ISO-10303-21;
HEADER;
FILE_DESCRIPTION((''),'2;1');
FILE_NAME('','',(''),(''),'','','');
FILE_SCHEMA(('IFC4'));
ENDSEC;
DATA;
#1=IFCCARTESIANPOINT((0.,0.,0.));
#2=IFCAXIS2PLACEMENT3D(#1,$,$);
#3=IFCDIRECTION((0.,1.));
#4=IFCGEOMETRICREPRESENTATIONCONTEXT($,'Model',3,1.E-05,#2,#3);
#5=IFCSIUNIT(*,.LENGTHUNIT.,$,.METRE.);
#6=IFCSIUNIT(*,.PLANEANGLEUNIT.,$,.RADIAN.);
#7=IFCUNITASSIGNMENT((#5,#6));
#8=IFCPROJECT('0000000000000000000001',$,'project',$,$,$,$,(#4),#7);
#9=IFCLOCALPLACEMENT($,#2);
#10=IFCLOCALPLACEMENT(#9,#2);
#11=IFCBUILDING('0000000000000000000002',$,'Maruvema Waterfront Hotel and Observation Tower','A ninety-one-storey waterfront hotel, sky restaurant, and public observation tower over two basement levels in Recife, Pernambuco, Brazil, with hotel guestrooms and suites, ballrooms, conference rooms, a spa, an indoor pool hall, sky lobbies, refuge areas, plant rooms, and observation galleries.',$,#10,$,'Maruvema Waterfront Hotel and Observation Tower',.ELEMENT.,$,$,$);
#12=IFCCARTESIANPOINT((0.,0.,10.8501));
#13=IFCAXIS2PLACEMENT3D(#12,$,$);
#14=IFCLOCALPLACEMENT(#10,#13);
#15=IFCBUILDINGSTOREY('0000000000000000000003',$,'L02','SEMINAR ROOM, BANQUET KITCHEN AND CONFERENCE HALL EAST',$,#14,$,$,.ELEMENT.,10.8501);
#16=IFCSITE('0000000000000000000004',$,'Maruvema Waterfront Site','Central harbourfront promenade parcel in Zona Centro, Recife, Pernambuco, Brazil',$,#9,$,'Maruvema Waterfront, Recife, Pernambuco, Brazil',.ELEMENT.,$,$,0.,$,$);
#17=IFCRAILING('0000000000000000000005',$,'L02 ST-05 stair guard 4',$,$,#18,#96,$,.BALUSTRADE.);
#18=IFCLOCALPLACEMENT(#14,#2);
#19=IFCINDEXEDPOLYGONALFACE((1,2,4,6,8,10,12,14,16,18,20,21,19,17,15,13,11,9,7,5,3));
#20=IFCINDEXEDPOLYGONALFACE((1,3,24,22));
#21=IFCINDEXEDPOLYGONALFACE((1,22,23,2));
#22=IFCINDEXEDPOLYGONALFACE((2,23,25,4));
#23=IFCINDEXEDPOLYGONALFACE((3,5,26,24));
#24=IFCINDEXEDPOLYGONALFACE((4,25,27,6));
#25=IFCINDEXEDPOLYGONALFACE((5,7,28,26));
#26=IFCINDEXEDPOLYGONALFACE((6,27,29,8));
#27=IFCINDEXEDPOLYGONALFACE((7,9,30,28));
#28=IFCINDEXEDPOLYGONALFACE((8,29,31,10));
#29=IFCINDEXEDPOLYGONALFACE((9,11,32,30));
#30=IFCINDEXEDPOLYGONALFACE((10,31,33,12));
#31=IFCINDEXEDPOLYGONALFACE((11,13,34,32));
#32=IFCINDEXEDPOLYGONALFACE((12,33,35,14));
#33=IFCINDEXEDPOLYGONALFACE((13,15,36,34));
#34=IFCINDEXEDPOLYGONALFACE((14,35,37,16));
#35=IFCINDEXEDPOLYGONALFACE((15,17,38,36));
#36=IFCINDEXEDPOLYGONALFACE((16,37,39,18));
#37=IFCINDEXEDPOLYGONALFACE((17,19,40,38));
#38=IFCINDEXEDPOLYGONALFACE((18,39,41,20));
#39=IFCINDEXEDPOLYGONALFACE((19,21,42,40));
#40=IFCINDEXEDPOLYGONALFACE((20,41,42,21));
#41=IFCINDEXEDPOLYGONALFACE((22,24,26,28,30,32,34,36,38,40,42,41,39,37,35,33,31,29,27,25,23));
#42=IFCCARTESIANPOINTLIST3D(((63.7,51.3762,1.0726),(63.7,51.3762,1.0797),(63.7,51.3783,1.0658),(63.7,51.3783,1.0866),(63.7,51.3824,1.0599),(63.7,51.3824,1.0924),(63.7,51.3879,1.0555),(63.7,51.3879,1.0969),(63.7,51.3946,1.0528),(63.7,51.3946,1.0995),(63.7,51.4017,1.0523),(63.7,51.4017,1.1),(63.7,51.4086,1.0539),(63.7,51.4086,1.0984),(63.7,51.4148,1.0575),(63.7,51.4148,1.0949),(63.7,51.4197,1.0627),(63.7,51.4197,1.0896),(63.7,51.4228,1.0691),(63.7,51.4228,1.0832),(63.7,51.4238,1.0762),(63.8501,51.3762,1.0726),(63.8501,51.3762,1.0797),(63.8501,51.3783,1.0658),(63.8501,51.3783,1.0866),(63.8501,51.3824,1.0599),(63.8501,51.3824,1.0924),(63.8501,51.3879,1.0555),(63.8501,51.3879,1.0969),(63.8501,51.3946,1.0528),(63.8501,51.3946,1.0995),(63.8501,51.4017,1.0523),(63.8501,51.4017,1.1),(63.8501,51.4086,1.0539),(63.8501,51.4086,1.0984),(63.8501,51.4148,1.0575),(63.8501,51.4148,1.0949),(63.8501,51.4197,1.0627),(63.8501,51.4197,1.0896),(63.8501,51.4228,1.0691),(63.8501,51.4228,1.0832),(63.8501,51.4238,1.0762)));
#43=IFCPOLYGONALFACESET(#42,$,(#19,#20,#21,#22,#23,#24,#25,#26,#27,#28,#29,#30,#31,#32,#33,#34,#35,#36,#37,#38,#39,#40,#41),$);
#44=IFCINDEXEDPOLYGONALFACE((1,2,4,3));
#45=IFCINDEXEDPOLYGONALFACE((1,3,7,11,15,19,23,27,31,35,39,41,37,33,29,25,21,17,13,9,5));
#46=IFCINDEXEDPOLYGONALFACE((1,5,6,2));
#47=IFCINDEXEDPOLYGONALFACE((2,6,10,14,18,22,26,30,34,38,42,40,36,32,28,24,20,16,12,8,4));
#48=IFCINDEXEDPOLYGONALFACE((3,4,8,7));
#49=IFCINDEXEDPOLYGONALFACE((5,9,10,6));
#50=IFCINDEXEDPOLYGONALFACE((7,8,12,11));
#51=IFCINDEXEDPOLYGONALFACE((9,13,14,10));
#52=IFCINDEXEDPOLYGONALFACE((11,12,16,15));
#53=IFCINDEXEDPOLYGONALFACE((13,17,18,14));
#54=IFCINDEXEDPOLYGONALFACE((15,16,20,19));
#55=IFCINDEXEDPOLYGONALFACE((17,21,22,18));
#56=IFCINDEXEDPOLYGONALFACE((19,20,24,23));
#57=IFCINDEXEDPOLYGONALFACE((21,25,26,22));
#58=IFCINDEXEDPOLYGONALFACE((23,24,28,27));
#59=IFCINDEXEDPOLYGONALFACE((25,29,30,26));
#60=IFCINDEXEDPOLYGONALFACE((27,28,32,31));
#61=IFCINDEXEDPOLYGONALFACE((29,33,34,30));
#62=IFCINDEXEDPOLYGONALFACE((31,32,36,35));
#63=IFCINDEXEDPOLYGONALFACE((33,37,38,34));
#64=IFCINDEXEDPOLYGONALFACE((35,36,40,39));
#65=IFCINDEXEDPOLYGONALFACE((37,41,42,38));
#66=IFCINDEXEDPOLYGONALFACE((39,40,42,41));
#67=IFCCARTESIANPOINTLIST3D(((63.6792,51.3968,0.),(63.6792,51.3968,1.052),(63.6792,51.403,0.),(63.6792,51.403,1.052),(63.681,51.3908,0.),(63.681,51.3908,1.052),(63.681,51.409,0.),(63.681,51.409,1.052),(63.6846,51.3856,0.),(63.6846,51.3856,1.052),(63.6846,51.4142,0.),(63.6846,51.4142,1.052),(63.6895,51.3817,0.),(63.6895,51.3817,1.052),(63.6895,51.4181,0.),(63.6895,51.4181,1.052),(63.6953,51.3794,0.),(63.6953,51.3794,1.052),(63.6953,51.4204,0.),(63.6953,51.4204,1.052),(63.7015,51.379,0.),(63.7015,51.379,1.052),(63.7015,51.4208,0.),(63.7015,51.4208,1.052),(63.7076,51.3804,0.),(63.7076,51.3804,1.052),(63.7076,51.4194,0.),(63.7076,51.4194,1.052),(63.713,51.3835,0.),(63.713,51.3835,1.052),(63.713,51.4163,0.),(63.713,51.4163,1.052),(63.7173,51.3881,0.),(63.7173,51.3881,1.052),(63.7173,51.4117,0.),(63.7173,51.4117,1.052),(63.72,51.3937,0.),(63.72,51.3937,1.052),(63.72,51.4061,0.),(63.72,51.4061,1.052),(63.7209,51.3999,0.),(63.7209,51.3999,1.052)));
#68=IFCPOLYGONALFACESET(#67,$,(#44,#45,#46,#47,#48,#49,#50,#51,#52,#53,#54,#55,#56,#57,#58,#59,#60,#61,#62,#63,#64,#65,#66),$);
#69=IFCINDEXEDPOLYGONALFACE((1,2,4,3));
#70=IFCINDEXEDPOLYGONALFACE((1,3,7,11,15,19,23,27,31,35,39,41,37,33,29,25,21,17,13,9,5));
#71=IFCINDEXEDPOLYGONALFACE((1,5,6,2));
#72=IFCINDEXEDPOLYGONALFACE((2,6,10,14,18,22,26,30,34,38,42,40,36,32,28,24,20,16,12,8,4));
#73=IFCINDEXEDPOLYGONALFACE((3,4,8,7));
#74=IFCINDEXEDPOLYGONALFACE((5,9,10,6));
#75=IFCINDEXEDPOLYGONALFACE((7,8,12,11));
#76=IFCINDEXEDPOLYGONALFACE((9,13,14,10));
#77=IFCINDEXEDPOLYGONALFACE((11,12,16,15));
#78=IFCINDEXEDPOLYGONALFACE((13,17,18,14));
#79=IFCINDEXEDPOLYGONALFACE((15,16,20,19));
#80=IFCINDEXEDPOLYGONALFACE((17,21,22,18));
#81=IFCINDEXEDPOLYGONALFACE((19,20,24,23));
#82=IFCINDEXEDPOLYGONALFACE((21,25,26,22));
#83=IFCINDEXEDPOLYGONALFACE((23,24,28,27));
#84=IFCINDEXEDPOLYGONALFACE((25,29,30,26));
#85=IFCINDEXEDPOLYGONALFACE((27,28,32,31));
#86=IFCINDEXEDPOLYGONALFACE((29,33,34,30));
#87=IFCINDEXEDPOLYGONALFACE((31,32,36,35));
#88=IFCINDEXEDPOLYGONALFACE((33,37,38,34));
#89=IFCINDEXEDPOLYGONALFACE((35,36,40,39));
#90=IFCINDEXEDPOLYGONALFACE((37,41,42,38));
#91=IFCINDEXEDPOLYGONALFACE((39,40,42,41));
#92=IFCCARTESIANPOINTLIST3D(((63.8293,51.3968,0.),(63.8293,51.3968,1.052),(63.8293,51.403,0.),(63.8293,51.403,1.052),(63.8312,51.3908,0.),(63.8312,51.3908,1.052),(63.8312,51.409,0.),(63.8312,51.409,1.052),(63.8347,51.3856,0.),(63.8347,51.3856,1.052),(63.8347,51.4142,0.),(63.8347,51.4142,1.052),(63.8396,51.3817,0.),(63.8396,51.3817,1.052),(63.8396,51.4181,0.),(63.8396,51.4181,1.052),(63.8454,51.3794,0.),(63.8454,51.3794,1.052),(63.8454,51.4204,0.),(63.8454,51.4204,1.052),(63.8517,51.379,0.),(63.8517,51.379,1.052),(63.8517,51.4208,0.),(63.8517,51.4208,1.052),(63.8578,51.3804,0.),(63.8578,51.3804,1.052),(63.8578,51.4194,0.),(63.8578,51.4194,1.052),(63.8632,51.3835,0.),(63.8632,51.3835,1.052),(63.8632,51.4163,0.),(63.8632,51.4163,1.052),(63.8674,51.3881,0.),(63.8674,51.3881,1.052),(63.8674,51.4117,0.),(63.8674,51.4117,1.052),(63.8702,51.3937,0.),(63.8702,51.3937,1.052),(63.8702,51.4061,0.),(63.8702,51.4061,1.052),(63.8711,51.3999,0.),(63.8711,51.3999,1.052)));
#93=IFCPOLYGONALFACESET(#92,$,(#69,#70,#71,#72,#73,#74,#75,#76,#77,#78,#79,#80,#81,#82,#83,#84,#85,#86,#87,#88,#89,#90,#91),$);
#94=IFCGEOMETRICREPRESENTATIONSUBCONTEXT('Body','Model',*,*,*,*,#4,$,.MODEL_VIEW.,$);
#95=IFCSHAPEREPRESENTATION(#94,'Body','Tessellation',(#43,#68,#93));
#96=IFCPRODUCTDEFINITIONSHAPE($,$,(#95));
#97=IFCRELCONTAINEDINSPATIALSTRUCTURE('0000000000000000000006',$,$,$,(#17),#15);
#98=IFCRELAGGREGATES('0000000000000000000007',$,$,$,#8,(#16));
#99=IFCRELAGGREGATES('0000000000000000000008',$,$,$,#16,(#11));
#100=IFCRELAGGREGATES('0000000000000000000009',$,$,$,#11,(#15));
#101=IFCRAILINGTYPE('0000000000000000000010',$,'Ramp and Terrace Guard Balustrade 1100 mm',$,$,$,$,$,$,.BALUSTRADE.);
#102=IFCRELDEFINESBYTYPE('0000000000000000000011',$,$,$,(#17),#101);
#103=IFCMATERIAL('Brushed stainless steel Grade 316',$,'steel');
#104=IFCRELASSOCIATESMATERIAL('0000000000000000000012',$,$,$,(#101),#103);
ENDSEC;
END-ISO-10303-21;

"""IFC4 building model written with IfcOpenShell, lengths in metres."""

from ifc_helpers import new_model, si_unit, direction, frame, origin, origin_2d, place, context, subcontext, project, spatial, circle, extrude, material, type_object, element, save


model = new_model("IFC4")

# Units and contexts
model_context = context("Model", 3, precision=1e-05, world=origin(), true_north=direction((0.0, 1.0)))
body_context = subcontext(model_context, "Body", "Model", "MODEL_VIEW")
ifc_project = project(units=[si_unit("LENGTHUNIT", "METRE"), si_unit("PLANEANGLEUNIT", "RADIAN")], contexts=[model_context])

# Site, building, storey
site_placement = place(None, origin())
site = spatial("IfcSite", under=ifc_project, at=site_placement, Name="Maruvema Waterfront Site", Description="Central harbourfront promenade parcel in Zona Centro, Recife, Pernambuco, Brazil", LongName="Maruvema Waterfront, Recife, Pernambuco, Brazil", CompositionType="ELEMENT", RefElevation=0.0)
building_placement = place(site_placement, origin())
building = spatial("IfcBuilding", under=site, at=building_placement, Name="Maruvema Waterfront Hotel and Observation Tower", Description="A ninety-one-storey waterfront hotel, sky restaurant, and public observation tower over two basement levels in Recife, Pernambuco, Brazil, with hotel guestrooms and suites, ballrooms, conference rooms, a spa, an indoor pool hall, sky lobbies, refuge areas, plant rooms, and observation galleries.", LongName="Maruvema Waterfront Hotel and Observation Tower", CompositionType="ELEMENT")
storey_placement = place(building_placement, frame((0.0, 0.0, 10.8501)))
storey = spatial("IfcBuildingStorey", under=building, at=storey_placement, Name="L02", Description="SEMINAR ROOM, BANQUET KITCHEN AND CONFERENCE HALL EAST", CompositionType="ELEMENT", Elevation=10.8501)

# Railing
ifc_material_1 = material(Name="Brushed stainless steel Grade 316", Category="steel")
railing_type_1 = type_object("IfcRailingType", Name="Ramp and Terrace Guard Balustrade 1100 mm", PredefinedType="BALUSTRADE", material=ifc_material_1)
railing_1_placement = place(storey_placement, frame((63.7, 51.3999, 0.0)))
element("IfcRailing", 1, at=railing_1_placement, inside=storey, type_object=railing_type_1, Name="L02 ST-05 stair guard 4", PredefinedType="BALUSTRADE", context=body_context, shape_type="SweptSolid", body=[
    extrude(circle(Radius=0.0239, at=origin_2d()), frame((0.0, 0.0, 1.0762), z_axis=(1.0, 0.0, 0.0), x_axis=(0.0, 1.0, 0.0)), (0.0, 0.0, 1.0), 0.1501),
    extrude(circle(Radius=0.021, at=origin_2d()), origin(), (0.0, 0.0, 1.0), 1.052),
    extrude(circle(Radius=0.021, at=origin_2d()), frame((0.1501, 0.0, 0.0)), (0.0, 0.0, 1.0), 1.052),
])

save(model, "model.ifc")
